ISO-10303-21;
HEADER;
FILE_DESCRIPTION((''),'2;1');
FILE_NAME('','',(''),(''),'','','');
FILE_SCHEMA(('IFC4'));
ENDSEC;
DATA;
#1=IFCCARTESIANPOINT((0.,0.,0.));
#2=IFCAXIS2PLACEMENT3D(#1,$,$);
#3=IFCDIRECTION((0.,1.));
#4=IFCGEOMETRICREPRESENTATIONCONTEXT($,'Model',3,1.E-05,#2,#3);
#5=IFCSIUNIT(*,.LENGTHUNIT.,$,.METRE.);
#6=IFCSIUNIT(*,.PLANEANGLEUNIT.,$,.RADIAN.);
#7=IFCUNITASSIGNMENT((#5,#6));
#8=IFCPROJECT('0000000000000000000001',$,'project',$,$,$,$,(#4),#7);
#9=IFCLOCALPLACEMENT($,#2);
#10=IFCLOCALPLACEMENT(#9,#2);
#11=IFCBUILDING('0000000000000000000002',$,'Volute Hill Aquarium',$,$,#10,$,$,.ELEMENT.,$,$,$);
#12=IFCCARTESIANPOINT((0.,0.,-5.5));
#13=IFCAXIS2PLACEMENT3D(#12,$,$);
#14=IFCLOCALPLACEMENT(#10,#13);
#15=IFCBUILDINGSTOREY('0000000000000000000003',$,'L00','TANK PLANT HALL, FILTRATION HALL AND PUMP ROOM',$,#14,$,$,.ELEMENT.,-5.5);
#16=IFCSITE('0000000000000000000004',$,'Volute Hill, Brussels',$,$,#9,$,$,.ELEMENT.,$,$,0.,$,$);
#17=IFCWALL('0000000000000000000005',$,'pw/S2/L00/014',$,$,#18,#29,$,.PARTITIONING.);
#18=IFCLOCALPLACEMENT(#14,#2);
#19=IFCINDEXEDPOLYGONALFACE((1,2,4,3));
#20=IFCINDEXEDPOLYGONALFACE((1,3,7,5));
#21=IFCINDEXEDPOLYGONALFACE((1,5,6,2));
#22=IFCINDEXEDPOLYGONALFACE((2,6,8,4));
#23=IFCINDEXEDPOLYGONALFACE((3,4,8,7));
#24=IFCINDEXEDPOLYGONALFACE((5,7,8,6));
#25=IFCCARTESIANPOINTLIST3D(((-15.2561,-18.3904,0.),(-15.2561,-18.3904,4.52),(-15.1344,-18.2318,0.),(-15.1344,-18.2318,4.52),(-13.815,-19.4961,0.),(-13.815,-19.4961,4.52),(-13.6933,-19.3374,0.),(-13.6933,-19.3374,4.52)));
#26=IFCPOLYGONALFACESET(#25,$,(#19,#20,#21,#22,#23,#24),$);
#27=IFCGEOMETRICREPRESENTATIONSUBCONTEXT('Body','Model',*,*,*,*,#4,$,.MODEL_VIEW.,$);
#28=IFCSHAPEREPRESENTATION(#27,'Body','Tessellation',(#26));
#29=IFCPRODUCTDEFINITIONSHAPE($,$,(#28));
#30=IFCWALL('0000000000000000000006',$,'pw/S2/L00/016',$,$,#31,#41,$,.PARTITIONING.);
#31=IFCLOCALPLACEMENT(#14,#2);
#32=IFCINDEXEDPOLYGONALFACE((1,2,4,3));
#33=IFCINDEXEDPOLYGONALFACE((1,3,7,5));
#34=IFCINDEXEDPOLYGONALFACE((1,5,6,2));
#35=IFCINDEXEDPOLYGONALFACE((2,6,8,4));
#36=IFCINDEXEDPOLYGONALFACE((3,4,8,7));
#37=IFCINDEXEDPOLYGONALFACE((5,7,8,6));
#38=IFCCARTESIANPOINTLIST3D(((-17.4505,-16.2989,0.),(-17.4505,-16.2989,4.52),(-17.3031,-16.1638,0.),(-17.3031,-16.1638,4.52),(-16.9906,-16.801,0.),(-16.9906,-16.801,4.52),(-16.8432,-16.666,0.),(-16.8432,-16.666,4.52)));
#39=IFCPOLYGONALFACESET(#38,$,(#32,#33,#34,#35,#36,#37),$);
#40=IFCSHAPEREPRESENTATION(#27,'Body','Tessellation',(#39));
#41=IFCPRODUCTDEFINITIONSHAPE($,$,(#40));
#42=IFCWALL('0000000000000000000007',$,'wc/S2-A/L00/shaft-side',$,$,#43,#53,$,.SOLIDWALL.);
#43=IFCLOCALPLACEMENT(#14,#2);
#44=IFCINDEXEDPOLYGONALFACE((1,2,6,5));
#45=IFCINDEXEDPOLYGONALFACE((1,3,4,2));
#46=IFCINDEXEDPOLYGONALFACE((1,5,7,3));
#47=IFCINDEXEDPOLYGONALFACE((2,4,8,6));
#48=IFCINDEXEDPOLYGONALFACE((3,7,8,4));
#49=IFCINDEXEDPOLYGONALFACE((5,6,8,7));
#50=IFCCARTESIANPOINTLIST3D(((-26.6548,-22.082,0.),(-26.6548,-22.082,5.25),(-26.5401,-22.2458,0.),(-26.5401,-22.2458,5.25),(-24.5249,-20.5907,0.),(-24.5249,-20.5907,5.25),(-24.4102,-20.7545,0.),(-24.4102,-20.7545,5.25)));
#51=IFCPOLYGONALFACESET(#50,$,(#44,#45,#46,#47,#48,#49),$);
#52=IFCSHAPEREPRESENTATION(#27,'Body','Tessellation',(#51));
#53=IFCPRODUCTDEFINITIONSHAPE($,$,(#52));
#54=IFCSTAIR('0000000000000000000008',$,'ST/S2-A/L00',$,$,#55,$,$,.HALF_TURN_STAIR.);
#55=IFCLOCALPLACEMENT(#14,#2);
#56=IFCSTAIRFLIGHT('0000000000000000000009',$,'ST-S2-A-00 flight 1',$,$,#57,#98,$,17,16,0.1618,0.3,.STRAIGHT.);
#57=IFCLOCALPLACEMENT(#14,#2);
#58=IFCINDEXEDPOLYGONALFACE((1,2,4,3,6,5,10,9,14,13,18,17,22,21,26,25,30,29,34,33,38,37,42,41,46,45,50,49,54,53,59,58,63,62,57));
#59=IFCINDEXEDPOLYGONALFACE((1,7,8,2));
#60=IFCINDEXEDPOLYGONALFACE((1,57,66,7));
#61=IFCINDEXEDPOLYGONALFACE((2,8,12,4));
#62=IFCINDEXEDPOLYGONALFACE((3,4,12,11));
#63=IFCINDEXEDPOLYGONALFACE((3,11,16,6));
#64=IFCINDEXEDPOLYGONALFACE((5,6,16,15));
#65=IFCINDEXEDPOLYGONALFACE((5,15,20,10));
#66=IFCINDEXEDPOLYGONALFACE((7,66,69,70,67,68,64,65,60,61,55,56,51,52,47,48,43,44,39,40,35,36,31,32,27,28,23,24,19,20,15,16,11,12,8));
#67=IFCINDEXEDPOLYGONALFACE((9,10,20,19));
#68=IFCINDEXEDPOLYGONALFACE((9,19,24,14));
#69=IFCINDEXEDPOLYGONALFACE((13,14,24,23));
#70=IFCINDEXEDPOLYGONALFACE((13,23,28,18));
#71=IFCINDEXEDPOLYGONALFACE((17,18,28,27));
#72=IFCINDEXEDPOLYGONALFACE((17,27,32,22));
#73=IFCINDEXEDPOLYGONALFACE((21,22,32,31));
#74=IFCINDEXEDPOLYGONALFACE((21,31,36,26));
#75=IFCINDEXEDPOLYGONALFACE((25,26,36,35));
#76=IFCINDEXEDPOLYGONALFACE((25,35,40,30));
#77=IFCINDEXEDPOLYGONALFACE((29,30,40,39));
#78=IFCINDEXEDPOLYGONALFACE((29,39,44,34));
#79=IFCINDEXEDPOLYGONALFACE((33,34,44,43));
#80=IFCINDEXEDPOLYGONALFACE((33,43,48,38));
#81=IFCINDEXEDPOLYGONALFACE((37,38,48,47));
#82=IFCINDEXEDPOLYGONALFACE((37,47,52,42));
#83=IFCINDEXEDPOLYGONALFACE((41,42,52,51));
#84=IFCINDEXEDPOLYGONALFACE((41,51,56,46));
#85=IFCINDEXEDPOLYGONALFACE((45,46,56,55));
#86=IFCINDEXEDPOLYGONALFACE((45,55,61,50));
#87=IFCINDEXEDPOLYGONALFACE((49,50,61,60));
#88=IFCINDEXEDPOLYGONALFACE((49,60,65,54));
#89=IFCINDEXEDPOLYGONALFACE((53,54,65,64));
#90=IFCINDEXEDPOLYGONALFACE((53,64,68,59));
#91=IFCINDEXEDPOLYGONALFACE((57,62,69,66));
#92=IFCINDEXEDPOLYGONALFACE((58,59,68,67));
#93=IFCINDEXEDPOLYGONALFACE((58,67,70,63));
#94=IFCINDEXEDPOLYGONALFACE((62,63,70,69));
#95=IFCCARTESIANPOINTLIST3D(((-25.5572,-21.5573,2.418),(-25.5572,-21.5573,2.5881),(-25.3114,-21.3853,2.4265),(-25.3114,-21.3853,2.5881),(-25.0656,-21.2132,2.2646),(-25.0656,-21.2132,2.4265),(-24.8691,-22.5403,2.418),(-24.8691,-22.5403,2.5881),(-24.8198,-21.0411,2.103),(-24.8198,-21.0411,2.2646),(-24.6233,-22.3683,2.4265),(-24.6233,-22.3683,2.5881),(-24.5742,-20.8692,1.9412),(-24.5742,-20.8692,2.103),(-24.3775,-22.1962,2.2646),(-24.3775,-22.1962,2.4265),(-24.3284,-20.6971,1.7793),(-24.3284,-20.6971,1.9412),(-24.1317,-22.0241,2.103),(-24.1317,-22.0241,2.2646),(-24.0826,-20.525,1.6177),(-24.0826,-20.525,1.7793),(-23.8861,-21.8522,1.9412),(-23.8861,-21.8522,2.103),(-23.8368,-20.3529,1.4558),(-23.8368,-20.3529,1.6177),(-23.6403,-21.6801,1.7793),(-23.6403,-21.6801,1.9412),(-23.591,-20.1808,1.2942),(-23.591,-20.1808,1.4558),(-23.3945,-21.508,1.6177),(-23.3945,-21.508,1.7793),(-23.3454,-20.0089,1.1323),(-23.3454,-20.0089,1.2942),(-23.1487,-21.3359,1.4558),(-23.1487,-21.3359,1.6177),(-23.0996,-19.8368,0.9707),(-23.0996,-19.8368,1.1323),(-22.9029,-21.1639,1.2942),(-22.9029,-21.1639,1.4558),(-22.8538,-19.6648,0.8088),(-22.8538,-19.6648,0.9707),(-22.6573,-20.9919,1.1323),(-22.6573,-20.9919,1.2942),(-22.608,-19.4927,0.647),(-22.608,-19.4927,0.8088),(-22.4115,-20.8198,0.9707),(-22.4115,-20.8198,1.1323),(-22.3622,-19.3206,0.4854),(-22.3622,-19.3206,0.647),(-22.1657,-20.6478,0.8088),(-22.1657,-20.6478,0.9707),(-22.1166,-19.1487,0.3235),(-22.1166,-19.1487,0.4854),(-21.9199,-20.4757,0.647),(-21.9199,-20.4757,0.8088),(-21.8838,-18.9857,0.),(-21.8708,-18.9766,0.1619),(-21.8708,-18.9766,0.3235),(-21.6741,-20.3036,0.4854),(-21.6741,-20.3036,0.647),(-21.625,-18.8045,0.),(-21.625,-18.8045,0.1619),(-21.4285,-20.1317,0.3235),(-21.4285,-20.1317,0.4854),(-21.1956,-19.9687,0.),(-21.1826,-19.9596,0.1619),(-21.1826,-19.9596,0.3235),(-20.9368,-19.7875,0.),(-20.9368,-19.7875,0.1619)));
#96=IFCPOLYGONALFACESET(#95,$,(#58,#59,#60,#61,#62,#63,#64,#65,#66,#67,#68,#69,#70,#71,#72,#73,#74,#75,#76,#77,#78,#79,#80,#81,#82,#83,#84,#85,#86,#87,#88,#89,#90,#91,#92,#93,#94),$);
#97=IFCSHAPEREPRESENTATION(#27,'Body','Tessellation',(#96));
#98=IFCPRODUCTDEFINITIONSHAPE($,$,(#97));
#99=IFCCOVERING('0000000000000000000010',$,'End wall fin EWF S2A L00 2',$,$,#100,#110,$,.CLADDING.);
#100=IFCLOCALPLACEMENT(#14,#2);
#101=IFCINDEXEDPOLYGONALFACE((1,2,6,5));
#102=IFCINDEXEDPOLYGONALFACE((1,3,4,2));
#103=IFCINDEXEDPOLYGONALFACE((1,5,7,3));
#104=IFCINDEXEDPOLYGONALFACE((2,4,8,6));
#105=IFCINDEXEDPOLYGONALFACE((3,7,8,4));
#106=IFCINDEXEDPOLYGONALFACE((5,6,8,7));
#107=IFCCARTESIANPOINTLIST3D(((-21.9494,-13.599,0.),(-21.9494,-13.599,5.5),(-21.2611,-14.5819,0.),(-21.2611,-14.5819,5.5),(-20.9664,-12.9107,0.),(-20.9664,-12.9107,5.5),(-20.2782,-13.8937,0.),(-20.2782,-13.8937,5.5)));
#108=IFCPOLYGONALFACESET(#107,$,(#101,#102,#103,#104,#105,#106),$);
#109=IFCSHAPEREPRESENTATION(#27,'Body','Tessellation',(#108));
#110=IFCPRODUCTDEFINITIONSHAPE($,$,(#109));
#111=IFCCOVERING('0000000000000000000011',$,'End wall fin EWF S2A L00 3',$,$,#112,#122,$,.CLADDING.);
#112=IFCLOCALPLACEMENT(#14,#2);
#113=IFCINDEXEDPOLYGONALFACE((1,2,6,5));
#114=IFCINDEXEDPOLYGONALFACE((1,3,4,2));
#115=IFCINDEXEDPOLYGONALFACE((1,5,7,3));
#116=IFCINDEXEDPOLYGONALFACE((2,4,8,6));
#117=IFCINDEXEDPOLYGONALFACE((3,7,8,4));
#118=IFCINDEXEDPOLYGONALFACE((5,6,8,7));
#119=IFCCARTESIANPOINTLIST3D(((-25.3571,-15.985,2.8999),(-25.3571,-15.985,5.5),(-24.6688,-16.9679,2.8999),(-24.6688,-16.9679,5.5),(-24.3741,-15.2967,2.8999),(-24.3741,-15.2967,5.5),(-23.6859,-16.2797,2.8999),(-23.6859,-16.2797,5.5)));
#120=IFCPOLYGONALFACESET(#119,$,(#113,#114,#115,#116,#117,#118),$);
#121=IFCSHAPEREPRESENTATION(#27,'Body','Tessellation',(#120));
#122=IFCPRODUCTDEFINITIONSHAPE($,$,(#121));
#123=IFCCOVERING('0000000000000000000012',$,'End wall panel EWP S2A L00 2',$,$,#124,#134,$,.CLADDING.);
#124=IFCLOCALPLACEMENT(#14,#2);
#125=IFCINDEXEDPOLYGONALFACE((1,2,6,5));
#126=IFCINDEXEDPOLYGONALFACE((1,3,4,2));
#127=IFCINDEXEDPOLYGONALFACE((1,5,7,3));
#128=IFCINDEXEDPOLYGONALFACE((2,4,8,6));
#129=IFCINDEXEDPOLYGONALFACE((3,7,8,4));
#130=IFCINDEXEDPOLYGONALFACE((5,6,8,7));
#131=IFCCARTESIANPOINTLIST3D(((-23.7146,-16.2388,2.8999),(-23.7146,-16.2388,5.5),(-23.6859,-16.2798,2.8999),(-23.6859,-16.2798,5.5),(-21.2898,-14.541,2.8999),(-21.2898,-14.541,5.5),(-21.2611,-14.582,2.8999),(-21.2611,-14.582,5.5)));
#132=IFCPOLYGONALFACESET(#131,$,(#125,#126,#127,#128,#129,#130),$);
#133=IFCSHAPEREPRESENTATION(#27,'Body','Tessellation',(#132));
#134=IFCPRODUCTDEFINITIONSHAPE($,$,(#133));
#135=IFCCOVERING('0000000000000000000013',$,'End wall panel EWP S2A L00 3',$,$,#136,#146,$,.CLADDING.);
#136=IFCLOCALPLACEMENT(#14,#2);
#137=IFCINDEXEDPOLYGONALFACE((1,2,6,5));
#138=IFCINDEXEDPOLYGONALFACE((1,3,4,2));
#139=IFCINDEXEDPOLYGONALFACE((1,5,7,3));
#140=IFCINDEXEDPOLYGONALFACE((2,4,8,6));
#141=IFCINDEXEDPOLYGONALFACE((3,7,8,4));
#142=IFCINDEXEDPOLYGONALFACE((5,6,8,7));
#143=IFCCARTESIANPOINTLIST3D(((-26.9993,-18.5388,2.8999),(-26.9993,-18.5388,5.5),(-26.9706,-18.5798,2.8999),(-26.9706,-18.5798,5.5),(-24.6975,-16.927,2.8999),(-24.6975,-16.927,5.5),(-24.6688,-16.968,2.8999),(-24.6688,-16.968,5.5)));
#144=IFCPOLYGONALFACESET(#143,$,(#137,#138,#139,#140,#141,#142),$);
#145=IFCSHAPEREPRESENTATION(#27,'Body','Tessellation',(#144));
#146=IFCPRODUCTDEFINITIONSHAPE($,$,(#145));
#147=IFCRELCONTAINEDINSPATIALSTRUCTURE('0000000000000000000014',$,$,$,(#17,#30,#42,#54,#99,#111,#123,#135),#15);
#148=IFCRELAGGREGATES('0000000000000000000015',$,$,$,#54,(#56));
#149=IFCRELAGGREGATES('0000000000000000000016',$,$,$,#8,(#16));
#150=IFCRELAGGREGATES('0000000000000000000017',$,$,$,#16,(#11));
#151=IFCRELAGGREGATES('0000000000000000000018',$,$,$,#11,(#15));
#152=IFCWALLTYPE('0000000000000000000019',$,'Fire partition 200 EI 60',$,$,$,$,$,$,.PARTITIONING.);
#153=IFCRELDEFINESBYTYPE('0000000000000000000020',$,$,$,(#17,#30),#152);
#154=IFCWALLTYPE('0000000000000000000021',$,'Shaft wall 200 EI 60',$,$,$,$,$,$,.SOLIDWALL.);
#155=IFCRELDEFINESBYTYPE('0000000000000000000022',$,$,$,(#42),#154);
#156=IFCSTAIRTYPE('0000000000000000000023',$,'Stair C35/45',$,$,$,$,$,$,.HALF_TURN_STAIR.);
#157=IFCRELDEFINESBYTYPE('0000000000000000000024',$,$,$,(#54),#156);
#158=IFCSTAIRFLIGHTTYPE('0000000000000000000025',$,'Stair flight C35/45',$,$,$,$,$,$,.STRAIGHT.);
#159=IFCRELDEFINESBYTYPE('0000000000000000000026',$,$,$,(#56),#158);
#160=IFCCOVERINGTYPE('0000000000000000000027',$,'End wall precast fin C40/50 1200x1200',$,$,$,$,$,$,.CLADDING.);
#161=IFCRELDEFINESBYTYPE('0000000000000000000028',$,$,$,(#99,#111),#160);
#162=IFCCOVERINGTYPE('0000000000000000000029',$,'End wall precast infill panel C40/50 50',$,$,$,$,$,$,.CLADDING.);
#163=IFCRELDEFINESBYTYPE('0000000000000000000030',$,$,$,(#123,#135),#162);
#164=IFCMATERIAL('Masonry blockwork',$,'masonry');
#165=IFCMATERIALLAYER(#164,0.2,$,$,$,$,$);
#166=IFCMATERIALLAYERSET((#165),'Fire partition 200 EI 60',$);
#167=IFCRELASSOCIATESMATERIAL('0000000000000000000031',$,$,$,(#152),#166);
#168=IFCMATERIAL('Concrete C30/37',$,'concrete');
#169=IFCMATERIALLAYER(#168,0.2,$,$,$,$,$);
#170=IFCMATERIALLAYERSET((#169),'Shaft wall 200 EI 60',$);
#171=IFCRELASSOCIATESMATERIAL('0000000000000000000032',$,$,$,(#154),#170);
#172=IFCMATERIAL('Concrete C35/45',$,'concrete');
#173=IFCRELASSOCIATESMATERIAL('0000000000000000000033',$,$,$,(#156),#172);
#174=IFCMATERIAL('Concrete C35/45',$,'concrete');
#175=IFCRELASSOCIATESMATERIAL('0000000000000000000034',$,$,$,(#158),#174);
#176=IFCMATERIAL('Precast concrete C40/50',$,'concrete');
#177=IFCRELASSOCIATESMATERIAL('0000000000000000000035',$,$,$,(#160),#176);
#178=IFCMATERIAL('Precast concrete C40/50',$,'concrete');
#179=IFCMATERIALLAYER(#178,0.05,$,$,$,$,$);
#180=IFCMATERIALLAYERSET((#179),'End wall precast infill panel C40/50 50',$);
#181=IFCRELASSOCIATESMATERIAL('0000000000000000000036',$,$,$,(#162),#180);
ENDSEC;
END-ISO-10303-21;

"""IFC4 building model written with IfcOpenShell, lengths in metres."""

from ifc_helpers import new_model, si_unit, direction, frame, frame_2d, origin, origin_2d, place, context, subcontext, project, spatial, polyline, rectangle, outline, extrude, material, layer, layer_set, type_object, element, aggregate, save


model = new_model("IFC4")

# Units and contexts
model_context = context("Model", 3, precision=1e-05, world=origin(), true_north=direction((0.0, 1.0)))
body_context = subcontext(model_context, "Body", "Model", "MODEL_VIEW")
ifc_project = project(units=[si_unit("LENGTHUNIT", "METRE"), si_unit("PLANEANGLEUNIT", "RADIAN")], contexts=[model_context])

# Site, building, storey
site_placement = place(None, origin())
site = spatial("IfcSite", under=ifc_project, at=site_placement, Name="Volute Hill, Brussels", CompositionType="ELEMENT", RefElevation=0.0)
building_placement = place(site_placement, origin())
building = spatial("IfcBuilding", under=site, at=building_placement, Name="Volute Hill Aquarium", CompositionType="ELEMENT")
storey_placement = place(building_placement, frame((0.0, 0.0, -5.5)))
storey = spatial("IfcBuildingStorey", under=building, at=storey_placement, Name="L00", Description="TANK PLANT HALL, FILTRATION HALL AND PUMP ROOM", CompositionType="ELEMENT", Elevation=-5.5)

# Shared definitions
ifc_material_1 = material(Name="Masonry blockwork", Category="masonry")
ifc_layer_1 = layer(ifc_material_1, 0.2)
ifc_layer_set_1 = layer_set([ifc_layer_1], Name="Fire partition 200 EI 60")
wall_type_1 = type_object("IfcWallType", Name="Fire partition 200 EI 60", PredefinedType="PARTITIONING", material=ifc_layer_set_1)

# Walls
wall_1_placement = place(storey_placement, frame((-13.7542, -19.4167, 0.0), z_axis=(0.0, 0.0, 1.0), x_axis=(-0.793388, 0.608716, 0.0)))
element("IfcWall", 1, at=wall_1_placement, inside=storey, type_object=wall_type_1, Name="pw/S2/L00/014", PredefinedType="PARTITIONING", context=body_context, shape_type="SweptSolid", body=[
    extrude(rectangle(XDim=1.8164, YDim=0.2, at=frame_2d((0.9082, 0.0))), origin(), (0.0, 0.0, 1.0), 4.52),
])
wall_2_placement = place(storey_placement, frame((-16.917, -16.7334, 0.0), z_axis=(0.0, 0.0, 1.0), x_axis=(-0.675416, 0.737437, 0.0)))
element("IfcWall", 2, at=wall_2_placement, inside=storey, type_object=wall_type_1, Name="pw/S2/L00/016", PredefinedType="PARTITIONING", context=body_context, shape_type="SweptSolid", body=[
    extrude(rectangle(XDim=0.6809, YDim=0.2, at=frame_2d((0.3403, 0.0))), origin(), (0.0, 0.0, 1.0), 4.52),
])
ifc_material_2 = material(Name="Concrete C30/37", Category="concrete")
ifc_layer_2 = layer(ifc_material_2, 0.2)
ifc_layer_set_2 = layer_set([ifc_layer_2], Name="Shaft wall 200 EI 60")
wall_type_2 = type_object("IfcWallType", Name="Shaft wall 200 EI 60", PredefinedType="SOLIDWALL", material=ifc_layer_set_2)
wall_3_placement = place(storey_placement, frame((-24.4675, -20.6726, 0.0), z_axis=(0.0, 0.0, 1.0), x_axis=(-0.819179, -0.573538, 0.0)))
element("IfcWall", 3, at=wall_3_placement, inside=storey, type_object=wall_type_2, Name="wc/S2-A/L00/shaft-side", PredefinedType="SOLIDWALL", context=body_context, shape_type="SweptSolid", body=[
    extrude(rectangle(XDim=2.6001, YDim=0.2, at=frame_2d((1.3, 0.0))), origin(), (0.0, 0.0, 1.0), 5.25),
])

# Stair, stair flight
ifc_material_3 = material(Name="Concrete C35/45", Category="concrete")
stair_type = type_object("IfcStairType", Name="Stair C35/45", PredefinedType="HALF_TURN_STAIR", material=ifc_material_3)
stair_placement = place(storey_placement, origin())
stair = element("IfcStair", 4, at=stair_placement, inside=storey, type_object=stair_type, Name="ST/S2-A/L00", PredefinedType="HALF_TURN_STAIR")
ifc_material_4 = material(Name="Concrete C35/45", Category="concrete")
stair_flight_type = type_object("IfcStairFlightType", Name="Stair flight C35/45", PredefinedType="STRAIGHT", material=ifc_material_4)
stair_flight_placement = place(storey_placement, frame((-21.281, -19.2959, 0.0), z_axis=(0.0, 0.0, 1.0), x_axis=(-0.819204, -0.573503, 0.0)))
stair_flight = element("IfcStairFlight", 5, at=stair_flight_placement, type_object=stair_flight_type, Name="ST-S2-A-00 flight 1", NumberOfRisers=17, NumberOfTreads=16, PredefinedType="STRAIGHT", RiserHeight=0.1618, TreadLength=0.3, context=body_context, shape_type="SweptSolid", body=[
    extrude(outline(polyline([(0.0, 0.0), (0.0, 0.1619), (0.3, 0.1619), (0.3, 0.3235), (0.6001, 0.3235), (0.6001, 0.4854), (0.8999, 0.4854), (0.8999, 0.647), (1.2, 0.647), (1.2, 0.8088), (1.5, 0.8088), (1.5, 0.9707), (1.8, 0.9707), (1.8, 1.1323), (2.1001, 1.1323), (2.1001, 1.2942), (2.3999, 1.2942), (2.3999, 1.4558), (2.7, 1.4558), (2.7, 1.6177), (3.0, 1.6177), (3.0, 1.7793), (3.3, 1.7793), (3.3, 1.9412), (3.6001, 1.9412), (3.6001, 2.103), (3.8999, 2.103), (3.8999, 2.2646), (4.2, 2.2646), (4.2, 2.4265), (4.5, 2.4265), (4.5, 2.5881), (4.8, 2.5881), (4.8, 2.75), (4.8, 2.418), (0.3159, 0.0), (0.0, 0.0)])), frame((0.0, 0.6001, 0.0), z_axis=(0.0, -1.0, 0.0), x_axis=(1.0, 0.0, 0.0)), (0.0, 0.0, 1.0), 1.2),
])
aggregate(stair, [stair_flight])

# Coverings
ifc_material_5 = material(Name="Precast concrete C40/50", Category="concrete")
covering_type_1 = type_object("IfcCoveringType", Name="End wall precast fin C40/50 1200x1200", PredefinedType="CLADDING", material=ifc_material_5)
covering_1_placement = place(storey_placement, frame((-21.1138, -13.7463, 0.0), z_axis=(0.0, 0.0, 1.0), x_axis=(-0.819154, -0.573574, 0.0)))
element("IfcCovering", 6, at=covering_1_placement, inside=storey, type_object=covering_type_1, Name="End wall fin EWF S2A L00 2", PredefinedType="CLADDING", context=body_context, shape_type="SweptSolid", body=[
    extrude(rectangle(XDim=1.2, YDim=1.2, at=origin_2d()), origin(), (0.0, 0.0, 1.0), 5.5),
])
covering_2_placement = place(storey_placement, frame((-24.5215, -16.1323, 2.8999), z_axis=(0.0, 0.0, 1.0), x_axis=(-0.819154, -0.573574, 0.0)))
element("IfcCovering", 7, at=covering_2_placement, inside=storey, type_object=covering_type_1, Name="End wall fin EWF S2A L00 3", PredefinedType="CLADDING", context=body_context, shape_type="SweptSolid", body=[
    extrude(rectangle(XDim=1.2, YDim=1.2, at=origin_2d()), origin(), (0.0, 0.0, 1.0), 2.6001),
])
ifc_material_6 = material(Name="Precast concrete C40/50", Category="concrete")
ifc_layer_3 = layer(ifc_material_6, 0.05)
ifc_layer_set_3 = layer_set([ifc_layer_3], Name="End wall precast infill panel C40/50 50")
covering_type_2 = type_object("IfcCoveringType", Name="End wall precast infill panel C40/50 50", PredefinedType="CLADDING", material=ifc_layer_set_3)
covering_3_placement = place(storey_placement, frame((-21.2898, -14.541, 2.8999), z_axis=(-0.573551, 0.81917, 0.0), x_axis=(-0.81917, -0.573551, 0.0)))
element("IfcCovering", 8, at=covering_3_placement, inside=storey, type_object=covering_type_2, Name="End wall panel EWP S2A L00 2", PredefinedType="CLADDING", context=body_context, shape_type="SweptSolid", body=[
    extrude(outline(polyline([(0.0, 0.0), (2.9601, 0.0), (2.9601, 2.6001), (0.0, 2.6001), (0.0, 0.0)])), origin(), (0.0, 0.0, -1.0), 0.05),
])
covering_4_placement = place(storey_placement, frame((-24.6975, -16.927, 2.8999), z_axis=(-0.573602, 0.819134, 0.0), x_axis=(-0.819134, -0.573602, 0.0)))
element("IfcCovering", 9, at=covering_4_placement, inside=storey, type_object=covering_type_2, Name="End wall panel EWP S2A L00 3", PredefinedType="CLADDING", context=body_context, shape_type="SweptSolid", body=[
    extrude(outline(polyline([(0.0, 0.0), (2.81, 0.0), (2.81, 2.6001), (0.0, 2.6001), (0.0, 0.0)])), origin(), (0.0, 0.0, -1.0), 0.05),
])

save(model, "model.ifc")
